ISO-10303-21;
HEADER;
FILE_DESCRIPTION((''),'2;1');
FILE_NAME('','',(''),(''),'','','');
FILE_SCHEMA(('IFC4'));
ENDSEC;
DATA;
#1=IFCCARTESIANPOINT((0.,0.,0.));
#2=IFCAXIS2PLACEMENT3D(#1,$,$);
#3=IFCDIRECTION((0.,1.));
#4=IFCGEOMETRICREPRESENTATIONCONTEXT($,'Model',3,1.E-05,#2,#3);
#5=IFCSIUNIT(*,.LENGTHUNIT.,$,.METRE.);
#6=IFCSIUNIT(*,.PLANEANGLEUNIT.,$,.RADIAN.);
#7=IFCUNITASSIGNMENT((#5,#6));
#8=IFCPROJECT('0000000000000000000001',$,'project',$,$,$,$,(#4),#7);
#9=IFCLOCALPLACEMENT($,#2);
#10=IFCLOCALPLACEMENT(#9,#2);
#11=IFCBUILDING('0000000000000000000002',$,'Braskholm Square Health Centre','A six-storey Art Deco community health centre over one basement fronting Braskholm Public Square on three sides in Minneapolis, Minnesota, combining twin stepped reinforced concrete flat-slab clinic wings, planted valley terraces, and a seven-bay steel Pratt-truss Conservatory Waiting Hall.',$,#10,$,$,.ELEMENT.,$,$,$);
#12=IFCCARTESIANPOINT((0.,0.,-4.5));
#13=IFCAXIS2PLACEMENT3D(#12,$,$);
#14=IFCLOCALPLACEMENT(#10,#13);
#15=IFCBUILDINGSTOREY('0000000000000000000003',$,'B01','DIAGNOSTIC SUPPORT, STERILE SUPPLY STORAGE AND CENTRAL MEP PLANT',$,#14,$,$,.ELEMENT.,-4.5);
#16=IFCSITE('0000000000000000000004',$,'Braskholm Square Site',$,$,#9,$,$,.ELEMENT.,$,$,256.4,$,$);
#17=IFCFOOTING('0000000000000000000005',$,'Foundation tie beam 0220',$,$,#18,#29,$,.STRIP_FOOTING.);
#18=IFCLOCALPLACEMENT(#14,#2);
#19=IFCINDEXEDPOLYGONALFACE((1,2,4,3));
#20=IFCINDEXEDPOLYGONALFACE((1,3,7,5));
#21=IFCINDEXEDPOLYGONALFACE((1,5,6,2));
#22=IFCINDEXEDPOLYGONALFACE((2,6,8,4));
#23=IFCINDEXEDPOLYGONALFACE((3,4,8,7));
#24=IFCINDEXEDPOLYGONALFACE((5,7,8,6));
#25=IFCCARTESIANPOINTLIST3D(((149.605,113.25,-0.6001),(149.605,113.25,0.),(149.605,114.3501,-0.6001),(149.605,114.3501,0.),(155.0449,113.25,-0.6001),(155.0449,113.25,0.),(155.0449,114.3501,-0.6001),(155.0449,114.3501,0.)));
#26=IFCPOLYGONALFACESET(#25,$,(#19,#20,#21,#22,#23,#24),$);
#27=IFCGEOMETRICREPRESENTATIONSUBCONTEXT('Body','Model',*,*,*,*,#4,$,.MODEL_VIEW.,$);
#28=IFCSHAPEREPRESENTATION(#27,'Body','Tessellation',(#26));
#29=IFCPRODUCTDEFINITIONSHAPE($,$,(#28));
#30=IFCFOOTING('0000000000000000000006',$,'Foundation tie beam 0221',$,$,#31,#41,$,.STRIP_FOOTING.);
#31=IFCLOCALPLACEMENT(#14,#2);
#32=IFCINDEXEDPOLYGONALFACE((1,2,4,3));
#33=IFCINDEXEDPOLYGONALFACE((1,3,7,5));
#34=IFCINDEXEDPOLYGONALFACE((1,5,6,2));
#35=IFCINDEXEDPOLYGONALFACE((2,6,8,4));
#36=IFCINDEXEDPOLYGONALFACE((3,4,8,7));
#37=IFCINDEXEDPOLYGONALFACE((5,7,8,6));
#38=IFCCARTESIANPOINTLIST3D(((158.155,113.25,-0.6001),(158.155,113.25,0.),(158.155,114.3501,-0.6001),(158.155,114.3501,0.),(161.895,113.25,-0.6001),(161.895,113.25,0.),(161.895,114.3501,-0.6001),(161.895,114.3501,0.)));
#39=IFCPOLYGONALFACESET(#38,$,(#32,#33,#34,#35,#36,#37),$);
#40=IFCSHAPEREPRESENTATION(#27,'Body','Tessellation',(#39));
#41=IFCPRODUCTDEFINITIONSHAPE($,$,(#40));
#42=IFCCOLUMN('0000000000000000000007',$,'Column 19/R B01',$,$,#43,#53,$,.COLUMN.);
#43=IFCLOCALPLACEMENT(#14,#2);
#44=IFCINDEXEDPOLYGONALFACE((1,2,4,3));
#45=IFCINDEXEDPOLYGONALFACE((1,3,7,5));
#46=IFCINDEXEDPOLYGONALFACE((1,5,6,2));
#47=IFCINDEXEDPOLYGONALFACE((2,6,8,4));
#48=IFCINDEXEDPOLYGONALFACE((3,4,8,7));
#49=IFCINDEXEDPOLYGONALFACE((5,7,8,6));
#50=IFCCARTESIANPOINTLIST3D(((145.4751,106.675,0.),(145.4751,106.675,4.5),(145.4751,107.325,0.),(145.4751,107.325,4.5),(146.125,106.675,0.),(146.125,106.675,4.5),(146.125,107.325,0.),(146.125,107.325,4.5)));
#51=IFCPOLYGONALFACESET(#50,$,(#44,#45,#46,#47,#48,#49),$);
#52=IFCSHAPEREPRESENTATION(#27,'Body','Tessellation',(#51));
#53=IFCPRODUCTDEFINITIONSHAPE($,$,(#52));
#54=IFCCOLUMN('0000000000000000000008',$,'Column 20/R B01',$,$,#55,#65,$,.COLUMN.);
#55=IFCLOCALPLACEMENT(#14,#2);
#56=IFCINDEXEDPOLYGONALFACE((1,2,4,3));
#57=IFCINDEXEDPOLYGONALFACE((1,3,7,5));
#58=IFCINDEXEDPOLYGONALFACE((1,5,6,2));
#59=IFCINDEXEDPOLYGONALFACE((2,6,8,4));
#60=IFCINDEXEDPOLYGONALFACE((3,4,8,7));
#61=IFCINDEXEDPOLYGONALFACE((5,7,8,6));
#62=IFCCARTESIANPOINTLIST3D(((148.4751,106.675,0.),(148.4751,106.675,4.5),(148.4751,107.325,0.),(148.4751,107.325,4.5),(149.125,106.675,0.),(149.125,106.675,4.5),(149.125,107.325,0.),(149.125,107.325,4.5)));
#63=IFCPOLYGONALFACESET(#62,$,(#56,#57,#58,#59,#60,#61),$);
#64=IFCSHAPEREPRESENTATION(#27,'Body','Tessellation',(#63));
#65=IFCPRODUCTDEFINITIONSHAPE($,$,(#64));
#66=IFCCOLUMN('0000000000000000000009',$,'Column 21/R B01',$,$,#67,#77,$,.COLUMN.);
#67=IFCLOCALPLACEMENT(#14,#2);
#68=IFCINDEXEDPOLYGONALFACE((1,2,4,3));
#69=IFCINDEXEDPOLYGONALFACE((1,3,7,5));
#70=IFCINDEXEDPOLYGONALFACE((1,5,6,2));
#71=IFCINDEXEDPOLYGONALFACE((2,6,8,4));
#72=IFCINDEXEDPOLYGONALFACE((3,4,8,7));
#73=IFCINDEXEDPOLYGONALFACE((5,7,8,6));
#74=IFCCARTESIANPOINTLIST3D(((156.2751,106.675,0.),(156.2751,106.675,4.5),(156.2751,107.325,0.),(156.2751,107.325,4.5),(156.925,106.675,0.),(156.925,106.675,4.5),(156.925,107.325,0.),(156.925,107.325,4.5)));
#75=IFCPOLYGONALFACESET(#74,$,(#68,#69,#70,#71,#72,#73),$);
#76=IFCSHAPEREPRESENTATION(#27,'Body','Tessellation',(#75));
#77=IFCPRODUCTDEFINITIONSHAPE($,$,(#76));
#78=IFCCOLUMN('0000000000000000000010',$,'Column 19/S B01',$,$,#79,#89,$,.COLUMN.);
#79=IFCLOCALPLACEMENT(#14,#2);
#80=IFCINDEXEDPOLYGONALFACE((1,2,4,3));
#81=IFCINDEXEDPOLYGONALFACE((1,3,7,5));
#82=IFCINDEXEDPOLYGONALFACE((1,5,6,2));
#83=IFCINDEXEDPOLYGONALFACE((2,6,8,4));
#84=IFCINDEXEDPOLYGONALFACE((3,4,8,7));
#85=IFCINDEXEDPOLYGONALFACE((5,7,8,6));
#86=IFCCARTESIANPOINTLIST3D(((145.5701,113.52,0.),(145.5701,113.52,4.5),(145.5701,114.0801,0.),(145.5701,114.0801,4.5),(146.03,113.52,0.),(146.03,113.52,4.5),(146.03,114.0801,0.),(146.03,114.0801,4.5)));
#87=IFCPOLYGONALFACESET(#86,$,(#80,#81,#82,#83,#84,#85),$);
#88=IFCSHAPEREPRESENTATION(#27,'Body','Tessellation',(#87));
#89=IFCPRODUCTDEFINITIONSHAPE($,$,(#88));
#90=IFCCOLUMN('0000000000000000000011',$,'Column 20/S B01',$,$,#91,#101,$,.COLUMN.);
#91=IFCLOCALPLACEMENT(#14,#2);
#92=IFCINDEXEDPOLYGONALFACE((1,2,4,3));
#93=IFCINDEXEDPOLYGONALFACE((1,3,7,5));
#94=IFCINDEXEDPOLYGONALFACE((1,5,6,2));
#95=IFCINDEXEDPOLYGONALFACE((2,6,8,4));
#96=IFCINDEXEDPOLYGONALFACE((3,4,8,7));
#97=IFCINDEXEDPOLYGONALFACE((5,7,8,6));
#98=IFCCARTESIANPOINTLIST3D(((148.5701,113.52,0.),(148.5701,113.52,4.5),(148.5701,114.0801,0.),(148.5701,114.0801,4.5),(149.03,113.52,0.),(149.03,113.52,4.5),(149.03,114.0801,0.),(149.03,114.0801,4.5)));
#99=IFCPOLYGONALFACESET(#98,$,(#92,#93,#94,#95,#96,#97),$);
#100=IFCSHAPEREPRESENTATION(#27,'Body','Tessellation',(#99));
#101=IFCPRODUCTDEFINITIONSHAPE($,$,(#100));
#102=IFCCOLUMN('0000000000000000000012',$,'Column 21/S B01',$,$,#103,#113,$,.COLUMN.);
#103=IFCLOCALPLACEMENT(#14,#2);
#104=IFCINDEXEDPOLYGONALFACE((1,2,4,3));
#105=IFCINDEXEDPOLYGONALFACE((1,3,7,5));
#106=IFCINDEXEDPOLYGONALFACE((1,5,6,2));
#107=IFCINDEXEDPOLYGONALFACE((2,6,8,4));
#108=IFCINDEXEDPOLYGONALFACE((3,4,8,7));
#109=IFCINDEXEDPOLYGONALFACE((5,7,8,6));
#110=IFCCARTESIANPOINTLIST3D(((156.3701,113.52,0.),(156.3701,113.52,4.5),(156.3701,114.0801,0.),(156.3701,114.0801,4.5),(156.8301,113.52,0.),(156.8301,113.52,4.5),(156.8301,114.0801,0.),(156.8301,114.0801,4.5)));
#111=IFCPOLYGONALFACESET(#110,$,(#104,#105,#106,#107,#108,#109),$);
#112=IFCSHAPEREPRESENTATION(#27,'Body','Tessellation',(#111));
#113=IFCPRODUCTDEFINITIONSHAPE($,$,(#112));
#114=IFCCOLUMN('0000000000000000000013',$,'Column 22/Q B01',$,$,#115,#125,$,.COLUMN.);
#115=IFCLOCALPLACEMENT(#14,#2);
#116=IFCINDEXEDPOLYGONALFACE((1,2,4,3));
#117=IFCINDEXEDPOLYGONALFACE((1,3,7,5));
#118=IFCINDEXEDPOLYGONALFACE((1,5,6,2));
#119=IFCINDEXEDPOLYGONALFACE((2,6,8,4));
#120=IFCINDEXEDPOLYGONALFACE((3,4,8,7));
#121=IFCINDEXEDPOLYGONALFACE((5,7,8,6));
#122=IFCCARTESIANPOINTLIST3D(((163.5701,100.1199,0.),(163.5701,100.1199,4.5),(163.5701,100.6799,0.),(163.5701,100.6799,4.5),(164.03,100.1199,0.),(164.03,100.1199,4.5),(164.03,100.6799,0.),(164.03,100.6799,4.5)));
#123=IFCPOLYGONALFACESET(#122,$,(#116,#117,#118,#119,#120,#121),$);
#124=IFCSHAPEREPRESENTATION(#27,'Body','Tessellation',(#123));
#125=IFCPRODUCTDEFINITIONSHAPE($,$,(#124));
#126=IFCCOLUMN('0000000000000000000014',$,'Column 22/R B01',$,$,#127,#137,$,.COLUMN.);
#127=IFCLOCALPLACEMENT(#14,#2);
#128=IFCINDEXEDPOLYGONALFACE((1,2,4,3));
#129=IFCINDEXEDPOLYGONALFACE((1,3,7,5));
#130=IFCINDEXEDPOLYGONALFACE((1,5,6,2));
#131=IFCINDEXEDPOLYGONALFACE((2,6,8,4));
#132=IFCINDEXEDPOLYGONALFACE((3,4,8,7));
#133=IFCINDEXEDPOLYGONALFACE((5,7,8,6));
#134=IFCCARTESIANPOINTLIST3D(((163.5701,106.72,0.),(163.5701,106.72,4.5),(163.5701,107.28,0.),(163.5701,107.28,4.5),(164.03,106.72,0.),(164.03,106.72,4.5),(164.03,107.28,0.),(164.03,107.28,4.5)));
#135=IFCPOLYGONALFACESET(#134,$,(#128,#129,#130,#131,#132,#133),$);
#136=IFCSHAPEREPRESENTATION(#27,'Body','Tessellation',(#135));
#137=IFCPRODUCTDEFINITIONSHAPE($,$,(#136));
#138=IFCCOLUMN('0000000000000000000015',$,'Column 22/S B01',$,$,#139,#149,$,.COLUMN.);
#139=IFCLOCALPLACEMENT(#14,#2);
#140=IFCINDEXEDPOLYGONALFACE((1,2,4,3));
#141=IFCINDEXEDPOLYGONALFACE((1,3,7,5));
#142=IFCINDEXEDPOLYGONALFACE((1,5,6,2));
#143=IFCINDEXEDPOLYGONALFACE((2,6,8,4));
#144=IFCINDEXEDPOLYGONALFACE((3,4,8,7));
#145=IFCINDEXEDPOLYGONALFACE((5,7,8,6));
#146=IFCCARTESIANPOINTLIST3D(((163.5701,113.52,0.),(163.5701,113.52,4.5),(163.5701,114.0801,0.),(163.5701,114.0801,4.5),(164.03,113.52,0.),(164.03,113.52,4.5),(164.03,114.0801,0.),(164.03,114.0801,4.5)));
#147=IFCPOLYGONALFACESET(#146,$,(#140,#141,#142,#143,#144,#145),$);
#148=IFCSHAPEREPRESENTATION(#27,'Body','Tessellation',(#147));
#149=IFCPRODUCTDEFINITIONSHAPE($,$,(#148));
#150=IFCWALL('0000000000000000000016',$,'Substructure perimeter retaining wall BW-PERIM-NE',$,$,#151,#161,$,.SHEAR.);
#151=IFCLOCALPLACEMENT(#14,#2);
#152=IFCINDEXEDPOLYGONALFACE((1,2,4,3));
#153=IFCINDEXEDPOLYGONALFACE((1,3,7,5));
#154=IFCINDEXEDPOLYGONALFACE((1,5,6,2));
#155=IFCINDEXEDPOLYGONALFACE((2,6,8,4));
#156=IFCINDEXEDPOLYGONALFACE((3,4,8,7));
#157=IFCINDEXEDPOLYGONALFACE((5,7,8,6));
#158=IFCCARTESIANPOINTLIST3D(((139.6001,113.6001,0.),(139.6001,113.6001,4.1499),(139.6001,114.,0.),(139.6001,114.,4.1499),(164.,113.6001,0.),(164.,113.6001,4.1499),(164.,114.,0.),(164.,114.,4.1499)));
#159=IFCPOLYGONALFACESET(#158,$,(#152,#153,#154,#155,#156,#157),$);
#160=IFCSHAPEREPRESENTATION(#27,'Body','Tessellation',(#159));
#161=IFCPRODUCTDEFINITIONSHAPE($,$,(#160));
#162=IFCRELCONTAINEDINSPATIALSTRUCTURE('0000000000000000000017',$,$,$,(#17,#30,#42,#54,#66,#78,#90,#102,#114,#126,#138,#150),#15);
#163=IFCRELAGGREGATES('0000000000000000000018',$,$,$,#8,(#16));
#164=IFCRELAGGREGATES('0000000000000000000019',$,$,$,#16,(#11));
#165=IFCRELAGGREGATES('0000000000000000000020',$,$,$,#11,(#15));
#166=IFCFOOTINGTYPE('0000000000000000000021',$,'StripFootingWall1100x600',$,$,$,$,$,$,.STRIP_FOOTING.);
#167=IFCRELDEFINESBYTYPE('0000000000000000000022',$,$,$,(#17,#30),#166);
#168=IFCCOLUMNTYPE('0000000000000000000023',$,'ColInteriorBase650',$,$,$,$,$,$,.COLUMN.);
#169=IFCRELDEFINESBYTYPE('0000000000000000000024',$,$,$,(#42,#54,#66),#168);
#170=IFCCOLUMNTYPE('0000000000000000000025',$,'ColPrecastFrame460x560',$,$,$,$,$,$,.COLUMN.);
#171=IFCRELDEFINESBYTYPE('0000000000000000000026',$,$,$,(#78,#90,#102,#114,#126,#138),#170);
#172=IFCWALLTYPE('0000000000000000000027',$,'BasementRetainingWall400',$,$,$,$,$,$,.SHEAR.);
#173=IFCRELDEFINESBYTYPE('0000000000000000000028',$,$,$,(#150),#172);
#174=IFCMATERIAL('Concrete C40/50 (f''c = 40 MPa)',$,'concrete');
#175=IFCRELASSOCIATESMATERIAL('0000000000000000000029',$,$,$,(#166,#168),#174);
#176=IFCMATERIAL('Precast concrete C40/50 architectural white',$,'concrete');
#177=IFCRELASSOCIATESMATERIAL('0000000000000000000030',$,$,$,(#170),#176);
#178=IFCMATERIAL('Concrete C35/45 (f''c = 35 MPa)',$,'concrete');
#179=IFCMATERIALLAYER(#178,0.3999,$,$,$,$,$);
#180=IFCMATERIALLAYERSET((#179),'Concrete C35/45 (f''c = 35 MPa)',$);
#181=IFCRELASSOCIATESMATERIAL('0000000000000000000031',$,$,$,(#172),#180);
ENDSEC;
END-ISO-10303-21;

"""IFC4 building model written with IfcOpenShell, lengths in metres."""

from ifc_helpers import new_model, si_unit, direction, frame, frame_2d, origin, origin_2d, place, context, subcontext, project, spatial, rectangle, extrude, material, layer, layer_set, material_profile, profile_set, type_object, element, save


model = new_model("IFC4")

# Units and contexts
model_context = context("Model", 3, precision=1e-05, world=origin(), true_north=direction((0.0, 1.0)))
body_context = subcontext(model_context, "Body", "Model", "MODEL_VIEW")
ifc_project = project(units=[si_unit("LENGTHUNIT", "METRE"), si_unit("PLANEANGLEUNIT", "RADIAN")], contexts=[model_context])

# Site, building, storey
site_placement = place(None, origin())
site = spatial("IfcSite", under=ifc_project, at=site_placement, Name="Braskholm Square Site", CompositionType="ELEMENT", RefElevation=256.4)
building_placement = place(site_placement, origin())
building = spatial("IfcBuilding", under=site, at=building_placement, Name="Braskholm Square Health Centre", Description="A six-storey Art Deco community health centre over one basement fronting Braskholm Public Square on three sides in Minneapolis, Minnesota, combining twin stepped reinforced concrete flat-slab clinic wings, planted valley terraces, and a seven-bay steel Pratt-truss Conservatory Waiting Hall.", CompositionType="ELEMENT")
storey_placement = place(building_placement, frame((0.0, 0.0, -4.5)))
storey = spatial("IfcBuildingStorey", under=building, at=storey_placement, Name="B01", Description="DIAGNOSTIC SUPPORT, STERILE SUPPLY STORAGE AND CENTRAL MEP PLANT", CompositionType="ELEMENT", Elevation=-4.5)

# Shared definitions
ifc_material_1 = material(Name="Concrete C40/50 (f'c = 40 MPa)", Category="concrete")

# Footings
ifc_material_profile_1 = material_profile(ifc_material_1, rectangle(XDim=1.1001, YDim=0.6001, at=origin_2d()), Name="FTG-1100X600")
ifc_profile_set_1 = profile_set([ifc_material_profile_1], Name="Concrete C40/50 (f'c = 40 MPa)")
footing_type_1 = type_object("IfcFootingType", Name="StripFootingWall1100x600", PredefinedType="STRIP_FOOTING", material=ifc_profile_set_1)
footing_1_placement = place(storey_placement, frame((149.605, 113.8, -0.3), z_axis=(1.0, 0.0, 0.0), x_axis=(0.0, 1.0, 0.0)))
element("IfcFooting", 1, at=footing_1_placement, inside=storey, type_object=footing_type_1, Name="Foundation tie beam 0220", PredefinedType="STRIP_FOOTING", context=body_context, shape_type="SweptSolid", body=[
    extrude(rectangle(XDim=1.1001, YDim=0.6001, at=origin_2d()), origin(), (0.0, 0.0, 1.0), 5.4399),
])
footing_2_placement = place(storey_placement, frame((158.155, 113.8, -0.3), z_axis=(1.0, 0.0, 0.0), x_axis=(0.0, 1.0, 0.0)))
element("IfcFooting", 2, at=footing_2_placement, inside=storey, type_object=footing_type_1, Name="Foundation tie beam 0221", PredefinedType="STRIP_FOOTING", context=body_context, shape_type="SweptSolid", body=[
    extrude(rectangle(XDim=1.1001, YDim=0.6001, at=origin_2d()), origin(), (0.0, 0.0, 1.0), 3.74),
])

# Columns
ifc_material_profile_2 = material_profile(ifc_material_1, rectangle(XDim=0.6499, YDim=0.6499, at=origin_2d()), Name="RC-650X650")
ifc_profile_set_2 = profile_set([ifc_material_profile_2], Name="Concrete C40/50 (f'c = 40 MPa)")
column_type_1 = type_object("IfcColumnType", Name="ColInteriorBase650", PredefinedType="COLUMN", material=ifc_profile_set_2)
for number, where, z_axis, x_axis, name in (
    (3, (145.8, 107.0, 0.0), (0.0, 0.0, 1.0), (1.0, 0.0, 0.0), "Column 19/R B01"),
    (4, (148.8, 107.0, 0.0), (0.0, 0.0, 1.0), (1.0, 0.0, 0.0), "Column 20/R B01"),
    (5, (156.6001, 107.0, 0.0), (0.0, 0.0, 1.0), (1.0, 0.0, 0.0), "Column 21/R B01"),
):
    element("IfcColumn", number, at=place(storey_placement, frame(where, z_axis=z_axis, x_axis=x_axis)), inside=storey, type_object=column_type_1, Name=name, PredefinedType="COLUMN", context=body_context, shape_type="SweptSolid", body=[
        extrude(rectangle(XDim=0.6499, YDim=0.6499, at=origin_2d()), origin(), (0.0, 0.0, 1.0), 4.5),
    ])
ifc_material_2 = material(Name="Precast concrete C40/50 architectural white", Category="concrete")
ifc_material_profile_3 = material_profile(ifc_material_2, rectangle(XDim=0.46, YDim=0.5601, at=origin_2d()), Name="RC-460X560")
ifc_profile_set_3 = profile_set([ifc_material_profile_3], Name="Precast concrete C40/50 architectural white")
column_type_2 = type_object("IfcColumnType", Name="ColPrecastFrame460x560", PredefinedType="COLUMN", material=ifc_profile_set_3)
for number, where, z_axis, x_axis, name in (
    (6, (145.8, 113.8, 0.0), (0.0, 0.0, 1.0), (1.0, 0.0, 0.0), "Column 19/S B01"),
    (7, (148.8, 113.8, 0.0), (0.0, 0.0, 1.0), (1.0, 0.0, 0.0), "Column 20/S B01"),
    (8, (156.6001, 113.8, 0.0), (0.0, 0.0, 1.0), (1.0, 0.0, 0.0), "Column 21/S B01"),
    (9, (163.8, 100.3999, 0.0), (0.0, 0.0, 1.0), (1.0, 0.0, 0.0), "Column 22/Q B01"),
    (10, (163.8, 107.0, 0.0), (0.0, 0.0, 1.0), (1.0, 0.0, 0.0), "Column 22/R B01"),
    (11, (163.8, 113.8, 0.0), (0.0, 0.0, 1.0), (1.0, 0.0, 0.0), "Column 22/S B01"),
):
    element("IfcColumn", number, at=place(storey_placement, frame(where, z_axis=z_axis, x_axis=x_axis)), inside=storey, type_object=column_type_2, Name=name, PredefinedType="COLUMN", context=body_context, shape_type="SweptSolid", body=[
        extrude(rectangle(XDim=0.46, YDim=0.5601, at=origin_2d()), origin(), (0.0, 0.0, 1.0), 4.5),
    ])

# Wall
ifc_material_3 = material(Name="Concrete C35/45 (f'c = 35 MPa)", Category="concrete")
ifc_layer = layer(ifc_material_3, 0.3999)
ifc_layer_set = layer_set([ifc_layer], Name="Concrete C35/45 (f'c = 35 MPa)")
wall_type = type_object("IfcWallType", Name="BasementRetainingWall400", PredefinedType="SHEAR", material=ifc_layer_set)
wall_placement = place(storey_placement, frame((164.0, 113.8, 0.0), z_axis=(0.0, 0.0, 1.0), x_axis=(-1.0, 0.0, 0.0)))
element("IfcWall", 12, at=wall_placement, inside=storey, type_object=wall_type, Name="Substructure perimeter retaining wall BW-PERIM-NE", PredefinedType="SHEAR", context=body_context, shape_type="SweptSolid", body=[
    extrude(rectangle(XDim=24.3999, YDim=0.3999, at=frame_2d((12.2, 0.0))), origin(), (0.0, 0.0, 1.0), 4.1499),
])

save(model, "model.ifc")
